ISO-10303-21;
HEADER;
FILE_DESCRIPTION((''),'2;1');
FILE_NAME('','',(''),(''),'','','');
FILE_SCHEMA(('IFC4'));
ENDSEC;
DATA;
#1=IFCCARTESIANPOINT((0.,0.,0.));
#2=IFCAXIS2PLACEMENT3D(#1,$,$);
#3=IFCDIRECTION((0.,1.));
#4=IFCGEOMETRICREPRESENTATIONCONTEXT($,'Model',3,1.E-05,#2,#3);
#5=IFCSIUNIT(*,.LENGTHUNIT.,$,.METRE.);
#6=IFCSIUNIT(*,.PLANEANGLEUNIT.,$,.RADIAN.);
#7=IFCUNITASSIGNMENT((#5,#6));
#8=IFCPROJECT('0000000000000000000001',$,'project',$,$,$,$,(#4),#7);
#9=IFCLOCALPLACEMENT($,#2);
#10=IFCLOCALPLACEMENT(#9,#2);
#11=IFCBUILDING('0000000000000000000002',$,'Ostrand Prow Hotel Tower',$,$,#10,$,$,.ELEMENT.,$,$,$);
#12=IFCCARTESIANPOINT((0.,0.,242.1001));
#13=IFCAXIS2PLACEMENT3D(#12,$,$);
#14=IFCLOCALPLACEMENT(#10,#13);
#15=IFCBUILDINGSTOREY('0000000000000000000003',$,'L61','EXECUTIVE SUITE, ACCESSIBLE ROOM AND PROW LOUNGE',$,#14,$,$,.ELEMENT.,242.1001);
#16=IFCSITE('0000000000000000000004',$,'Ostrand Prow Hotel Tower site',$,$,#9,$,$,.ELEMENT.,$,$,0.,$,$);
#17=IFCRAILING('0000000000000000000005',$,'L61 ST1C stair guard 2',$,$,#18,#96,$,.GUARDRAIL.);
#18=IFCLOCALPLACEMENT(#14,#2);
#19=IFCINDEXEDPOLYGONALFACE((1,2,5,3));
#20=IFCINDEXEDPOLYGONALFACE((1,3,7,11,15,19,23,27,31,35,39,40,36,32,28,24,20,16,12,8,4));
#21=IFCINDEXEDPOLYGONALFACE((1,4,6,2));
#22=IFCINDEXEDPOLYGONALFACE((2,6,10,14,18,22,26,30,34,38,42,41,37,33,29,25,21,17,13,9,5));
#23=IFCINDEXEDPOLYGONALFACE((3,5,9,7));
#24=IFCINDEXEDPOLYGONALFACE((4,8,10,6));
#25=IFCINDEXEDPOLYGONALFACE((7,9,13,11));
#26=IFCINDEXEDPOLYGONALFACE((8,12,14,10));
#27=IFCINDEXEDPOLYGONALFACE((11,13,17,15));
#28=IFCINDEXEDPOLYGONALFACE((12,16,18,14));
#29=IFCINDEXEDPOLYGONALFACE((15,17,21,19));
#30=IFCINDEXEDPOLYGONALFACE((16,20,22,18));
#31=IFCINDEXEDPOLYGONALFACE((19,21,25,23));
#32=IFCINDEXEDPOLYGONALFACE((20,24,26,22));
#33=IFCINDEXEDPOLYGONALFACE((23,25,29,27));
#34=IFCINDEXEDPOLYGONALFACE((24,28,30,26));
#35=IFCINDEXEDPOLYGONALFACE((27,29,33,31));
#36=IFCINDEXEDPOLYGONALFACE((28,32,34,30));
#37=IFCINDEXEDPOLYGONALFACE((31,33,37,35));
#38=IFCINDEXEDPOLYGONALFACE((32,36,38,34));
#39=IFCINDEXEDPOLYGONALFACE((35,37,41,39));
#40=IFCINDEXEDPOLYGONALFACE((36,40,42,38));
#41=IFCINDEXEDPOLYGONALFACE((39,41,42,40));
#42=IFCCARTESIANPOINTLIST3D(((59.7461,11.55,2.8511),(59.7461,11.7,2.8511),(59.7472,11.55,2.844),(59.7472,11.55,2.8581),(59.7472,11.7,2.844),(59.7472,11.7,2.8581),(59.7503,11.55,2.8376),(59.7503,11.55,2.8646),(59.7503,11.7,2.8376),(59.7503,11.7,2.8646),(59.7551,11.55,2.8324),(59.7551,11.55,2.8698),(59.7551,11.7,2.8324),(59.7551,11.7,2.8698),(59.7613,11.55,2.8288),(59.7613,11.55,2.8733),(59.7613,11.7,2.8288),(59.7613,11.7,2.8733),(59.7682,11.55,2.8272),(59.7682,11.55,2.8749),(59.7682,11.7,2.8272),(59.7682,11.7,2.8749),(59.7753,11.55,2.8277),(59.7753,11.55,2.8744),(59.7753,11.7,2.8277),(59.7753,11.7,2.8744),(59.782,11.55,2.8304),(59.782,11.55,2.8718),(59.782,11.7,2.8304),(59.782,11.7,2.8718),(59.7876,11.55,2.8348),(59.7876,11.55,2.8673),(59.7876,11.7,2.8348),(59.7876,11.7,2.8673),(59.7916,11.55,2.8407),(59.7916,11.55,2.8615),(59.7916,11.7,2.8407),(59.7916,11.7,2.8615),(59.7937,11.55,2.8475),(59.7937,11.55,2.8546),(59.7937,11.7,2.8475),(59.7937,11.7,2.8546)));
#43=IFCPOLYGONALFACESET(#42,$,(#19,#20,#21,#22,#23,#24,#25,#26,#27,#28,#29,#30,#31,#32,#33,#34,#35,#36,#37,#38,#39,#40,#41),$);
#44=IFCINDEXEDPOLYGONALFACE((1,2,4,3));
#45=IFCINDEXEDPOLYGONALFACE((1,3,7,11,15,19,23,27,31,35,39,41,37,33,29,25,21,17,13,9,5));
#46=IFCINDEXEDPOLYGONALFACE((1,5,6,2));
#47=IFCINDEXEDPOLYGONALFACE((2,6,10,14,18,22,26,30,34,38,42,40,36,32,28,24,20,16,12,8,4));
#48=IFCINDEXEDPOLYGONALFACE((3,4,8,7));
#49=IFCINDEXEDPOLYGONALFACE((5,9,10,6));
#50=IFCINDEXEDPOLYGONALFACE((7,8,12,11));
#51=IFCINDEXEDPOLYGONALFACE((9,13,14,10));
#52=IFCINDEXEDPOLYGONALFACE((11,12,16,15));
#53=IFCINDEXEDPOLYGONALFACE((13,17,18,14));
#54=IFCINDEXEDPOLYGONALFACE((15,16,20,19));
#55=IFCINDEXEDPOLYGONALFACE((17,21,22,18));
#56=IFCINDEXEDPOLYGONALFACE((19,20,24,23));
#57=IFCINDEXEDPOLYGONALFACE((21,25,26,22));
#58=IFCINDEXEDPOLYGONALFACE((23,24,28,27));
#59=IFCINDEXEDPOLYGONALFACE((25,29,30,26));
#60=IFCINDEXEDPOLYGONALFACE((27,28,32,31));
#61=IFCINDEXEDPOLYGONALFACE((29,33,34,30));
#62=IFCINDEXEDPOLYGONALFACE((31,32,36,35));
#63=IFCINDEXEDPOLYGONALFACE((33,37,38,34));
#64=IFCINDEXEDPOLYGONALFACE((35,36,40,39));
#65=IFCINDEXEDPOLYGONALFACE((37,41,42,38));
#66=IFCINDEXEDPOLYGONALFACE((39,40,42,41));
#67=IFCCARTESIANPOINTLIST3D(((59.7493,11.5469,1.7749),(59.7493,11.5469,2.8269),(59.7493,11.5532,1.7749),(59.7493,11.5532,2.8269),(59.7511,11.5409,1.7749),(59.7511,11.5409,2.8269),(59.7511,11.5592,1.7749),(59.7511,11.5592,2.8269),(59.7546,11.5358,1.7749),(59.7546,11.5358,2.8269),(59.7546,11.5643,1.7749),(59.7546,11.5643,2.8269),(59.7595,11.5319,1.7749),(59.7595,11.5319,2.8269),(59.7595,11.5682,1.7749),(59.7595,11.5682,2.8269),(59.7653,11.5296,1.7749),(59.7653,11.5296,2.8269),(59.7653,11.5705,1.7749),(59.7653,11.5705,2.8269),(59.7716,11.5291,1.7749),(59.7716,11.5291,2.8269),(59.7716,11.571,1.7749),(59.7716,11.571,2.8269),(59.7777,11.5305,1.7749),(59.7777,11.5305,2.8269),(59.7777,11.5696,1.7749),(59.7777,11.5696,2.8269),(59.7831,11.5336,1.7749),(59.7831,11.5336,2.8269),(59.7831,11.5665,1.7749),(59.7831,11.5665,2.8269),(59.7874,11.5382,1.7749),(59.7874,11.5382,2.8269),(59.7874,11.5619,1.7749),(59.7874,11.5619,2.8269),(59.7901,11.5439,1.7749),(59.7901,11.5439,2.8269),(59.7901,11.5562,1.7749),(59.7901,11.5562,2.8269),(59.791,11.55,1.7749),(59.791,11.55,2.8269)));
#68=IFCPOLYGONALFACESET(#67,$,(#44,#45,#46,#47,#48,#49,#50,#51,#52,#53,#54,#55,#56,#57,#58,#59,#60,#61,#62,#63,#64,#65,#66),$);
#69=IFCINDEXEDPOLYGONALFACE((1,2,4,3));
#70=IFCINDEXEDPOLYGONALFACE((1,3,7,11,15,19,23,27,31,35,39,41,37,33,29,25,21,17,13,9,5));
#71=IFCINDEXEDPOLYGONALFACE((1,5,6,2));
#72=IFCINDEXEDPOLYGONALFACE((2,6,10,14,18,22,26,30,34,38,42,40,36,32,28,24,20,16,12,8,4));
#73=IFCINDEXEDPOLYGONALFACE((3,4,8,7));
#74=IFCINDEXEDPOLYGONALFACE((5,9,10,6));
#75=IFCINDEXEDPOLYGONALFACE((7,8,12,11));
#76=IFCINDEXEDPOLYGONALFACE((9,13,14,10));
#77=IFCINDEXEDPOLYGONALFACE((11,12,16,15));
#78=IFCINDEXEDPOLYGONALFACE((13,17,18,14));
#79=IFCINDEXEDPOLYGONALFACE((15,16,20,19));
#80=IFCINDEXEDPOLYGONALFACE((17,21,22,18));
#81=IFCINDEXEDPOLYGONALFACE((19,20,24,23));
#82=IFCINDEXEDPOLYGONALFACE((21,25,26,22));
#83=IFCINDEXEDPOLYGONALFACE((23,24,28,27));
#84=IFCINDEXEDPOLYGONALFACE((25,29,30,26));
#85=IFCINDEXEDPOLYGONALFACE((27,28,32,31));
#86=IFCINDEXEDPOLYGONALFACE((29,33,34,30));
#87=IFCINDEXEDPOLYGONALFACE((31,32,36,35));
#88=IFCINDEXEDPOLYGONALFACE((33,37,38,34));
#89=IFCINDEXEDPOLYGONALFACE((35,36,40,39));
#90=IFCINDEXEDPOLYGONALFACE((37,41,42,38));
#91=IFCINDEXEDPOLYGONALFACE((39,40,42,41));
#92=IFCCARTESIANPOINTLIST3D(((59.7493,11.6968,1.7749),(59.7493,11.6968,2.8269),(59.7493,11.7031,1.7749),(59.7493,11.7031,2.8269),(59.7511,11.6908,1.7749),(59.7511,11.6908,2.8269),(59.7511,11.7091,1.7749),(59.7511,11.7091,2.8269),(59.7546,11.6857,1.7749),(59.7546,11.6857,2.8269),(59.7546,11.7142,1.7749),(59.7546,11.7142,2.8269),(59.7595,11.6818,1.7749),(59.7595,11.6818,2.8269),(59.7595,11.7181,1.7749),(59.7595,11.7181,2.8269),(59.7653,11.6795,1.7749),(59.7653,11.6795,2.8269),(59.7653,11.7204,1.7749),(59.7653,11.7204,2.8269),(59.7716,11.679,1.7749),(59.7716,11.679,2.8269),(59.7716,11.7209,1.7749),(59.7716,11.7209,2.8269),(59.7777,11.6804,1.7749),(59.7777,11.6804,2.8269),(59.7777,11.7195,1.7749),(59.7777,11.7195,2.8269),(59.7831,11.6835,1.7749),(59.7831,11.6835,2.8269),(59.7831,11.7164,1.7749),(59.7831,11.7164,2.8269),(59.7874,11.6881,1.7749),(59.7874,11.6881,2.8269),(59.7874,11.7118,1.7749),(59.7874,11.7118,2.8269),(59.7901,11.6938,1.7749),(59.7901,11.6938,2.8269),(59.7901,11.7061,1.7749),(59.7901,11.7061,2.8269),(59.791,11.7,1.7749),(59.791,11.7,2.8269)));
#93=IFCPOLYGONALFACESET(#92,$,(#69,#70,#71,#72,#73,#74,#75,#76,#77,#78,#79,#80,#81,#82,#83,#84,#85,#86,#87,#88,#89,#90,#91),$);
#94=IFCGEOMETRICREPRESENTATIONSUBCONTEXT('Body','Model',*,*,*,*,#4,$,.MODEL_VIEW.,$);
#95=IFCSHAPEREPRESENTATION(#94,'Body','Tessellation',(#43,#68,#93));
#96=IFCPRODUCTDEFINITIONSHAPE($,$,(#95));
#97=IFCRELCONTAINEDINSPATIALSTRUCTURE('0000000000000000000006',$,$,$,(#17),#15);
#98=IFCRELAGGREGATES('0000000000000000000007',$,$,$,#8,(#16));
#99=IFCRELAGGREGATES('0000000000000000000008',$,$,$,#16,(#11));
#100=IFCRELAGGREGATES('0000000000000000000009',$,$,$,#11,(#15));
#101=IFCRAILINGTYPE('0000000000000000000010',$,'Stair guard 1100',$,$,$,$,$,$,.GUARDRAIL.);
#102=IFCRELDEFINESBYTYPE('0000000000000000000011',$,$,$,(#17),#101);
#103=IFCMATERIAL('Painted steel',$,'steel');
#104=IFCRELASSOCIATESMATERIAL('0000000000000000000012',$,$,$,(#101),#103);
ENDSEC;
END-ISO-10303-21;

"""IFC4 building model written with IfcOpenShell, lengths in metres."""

from ifc_helpers import new_model, si_unit, direction, frame, origin, origin_2d, place, context, subcontext, project, spatial, circle, extrude, material, type_object, element, save


model = new_model("IFC4")

# Units and contexts
model_context = context("Model", 3, precision=1e-05, world=origin(), true_north=direction((0.0, 1.0)))
body_context = subcontext(model_context, "Body", "Model", "MODEL_VIEW")
ifc_project = project(units=[si_unit("LENGTHUNIT", "METRE"), si_unit("PLANEANGLEUNIT", "RADIAN")], contexts=[model_context])

# Site, building, storey
site_placement = place(None, origin())
site = spatial("IfcSite", under=ifc_project, at=site_placement, Name="Ostrand Prow Hotel Tower site", CompositionType="ELEMENT", RefElevation=0.0)
building_placement = place(site_placement, origin())
building = spatial("IfcBuilding", under=site, at=building_placement, Name="Ostrand Prow Hotel Tower", CompositionType="ELEMENT")
storey_placement = place(building_placement, frame((0.0, 0.0, 242.1001)))
storey = spatial("IfcBuildingStorey", under=building, at=storey_placement, Name="L61", Description="EXECUTIVE SUITE, ACCESSIBLE ROOM AND PROW LOUNGE", CompositionType="ELEMENT", Elevation=242.1001)

# Railing
ifc_material_1 = material(Name="Painted steel", Category="steel")
railing_type_1 = type_object("IfcRailingType", Name="Stair guard 1100", PredefinedType="GUARDRAIL", material=ifc_material_1)
railing_1_placement = place(storey_placement, frame((59.77, 11.55, 1.7749)))
element("IfcRailing", 1, at=railing_1_placement, inside=storey, type_object=railing_type_1, Name="L61 ST1C stair guard 2", PredefinedType="GUARDRAIL", context=body_context, shape_type="SweptSolid", body=[
    extrude(circle(Radius=0.0239, at=origin_2d()), frame((0.0, 0.0, 1.0762), z_axis=(0.0, 1.0, 0.0), x_axis=(-1.0, 0.0, 0.0)), (0.0, 0.0, 1.0), 0.1499),
    extrude(circle(Radius=0.021, at=origin_2d()), origin(), (0.0, 0.0, 1.0), 1.052),
    extrude(circle(Radius=0.021, at=origin_2d()), frame((0.0, 0.1499, 0.0)), (0.0, 0.0, 1.0), 1.052),
])

save(model, "model.ifc")
